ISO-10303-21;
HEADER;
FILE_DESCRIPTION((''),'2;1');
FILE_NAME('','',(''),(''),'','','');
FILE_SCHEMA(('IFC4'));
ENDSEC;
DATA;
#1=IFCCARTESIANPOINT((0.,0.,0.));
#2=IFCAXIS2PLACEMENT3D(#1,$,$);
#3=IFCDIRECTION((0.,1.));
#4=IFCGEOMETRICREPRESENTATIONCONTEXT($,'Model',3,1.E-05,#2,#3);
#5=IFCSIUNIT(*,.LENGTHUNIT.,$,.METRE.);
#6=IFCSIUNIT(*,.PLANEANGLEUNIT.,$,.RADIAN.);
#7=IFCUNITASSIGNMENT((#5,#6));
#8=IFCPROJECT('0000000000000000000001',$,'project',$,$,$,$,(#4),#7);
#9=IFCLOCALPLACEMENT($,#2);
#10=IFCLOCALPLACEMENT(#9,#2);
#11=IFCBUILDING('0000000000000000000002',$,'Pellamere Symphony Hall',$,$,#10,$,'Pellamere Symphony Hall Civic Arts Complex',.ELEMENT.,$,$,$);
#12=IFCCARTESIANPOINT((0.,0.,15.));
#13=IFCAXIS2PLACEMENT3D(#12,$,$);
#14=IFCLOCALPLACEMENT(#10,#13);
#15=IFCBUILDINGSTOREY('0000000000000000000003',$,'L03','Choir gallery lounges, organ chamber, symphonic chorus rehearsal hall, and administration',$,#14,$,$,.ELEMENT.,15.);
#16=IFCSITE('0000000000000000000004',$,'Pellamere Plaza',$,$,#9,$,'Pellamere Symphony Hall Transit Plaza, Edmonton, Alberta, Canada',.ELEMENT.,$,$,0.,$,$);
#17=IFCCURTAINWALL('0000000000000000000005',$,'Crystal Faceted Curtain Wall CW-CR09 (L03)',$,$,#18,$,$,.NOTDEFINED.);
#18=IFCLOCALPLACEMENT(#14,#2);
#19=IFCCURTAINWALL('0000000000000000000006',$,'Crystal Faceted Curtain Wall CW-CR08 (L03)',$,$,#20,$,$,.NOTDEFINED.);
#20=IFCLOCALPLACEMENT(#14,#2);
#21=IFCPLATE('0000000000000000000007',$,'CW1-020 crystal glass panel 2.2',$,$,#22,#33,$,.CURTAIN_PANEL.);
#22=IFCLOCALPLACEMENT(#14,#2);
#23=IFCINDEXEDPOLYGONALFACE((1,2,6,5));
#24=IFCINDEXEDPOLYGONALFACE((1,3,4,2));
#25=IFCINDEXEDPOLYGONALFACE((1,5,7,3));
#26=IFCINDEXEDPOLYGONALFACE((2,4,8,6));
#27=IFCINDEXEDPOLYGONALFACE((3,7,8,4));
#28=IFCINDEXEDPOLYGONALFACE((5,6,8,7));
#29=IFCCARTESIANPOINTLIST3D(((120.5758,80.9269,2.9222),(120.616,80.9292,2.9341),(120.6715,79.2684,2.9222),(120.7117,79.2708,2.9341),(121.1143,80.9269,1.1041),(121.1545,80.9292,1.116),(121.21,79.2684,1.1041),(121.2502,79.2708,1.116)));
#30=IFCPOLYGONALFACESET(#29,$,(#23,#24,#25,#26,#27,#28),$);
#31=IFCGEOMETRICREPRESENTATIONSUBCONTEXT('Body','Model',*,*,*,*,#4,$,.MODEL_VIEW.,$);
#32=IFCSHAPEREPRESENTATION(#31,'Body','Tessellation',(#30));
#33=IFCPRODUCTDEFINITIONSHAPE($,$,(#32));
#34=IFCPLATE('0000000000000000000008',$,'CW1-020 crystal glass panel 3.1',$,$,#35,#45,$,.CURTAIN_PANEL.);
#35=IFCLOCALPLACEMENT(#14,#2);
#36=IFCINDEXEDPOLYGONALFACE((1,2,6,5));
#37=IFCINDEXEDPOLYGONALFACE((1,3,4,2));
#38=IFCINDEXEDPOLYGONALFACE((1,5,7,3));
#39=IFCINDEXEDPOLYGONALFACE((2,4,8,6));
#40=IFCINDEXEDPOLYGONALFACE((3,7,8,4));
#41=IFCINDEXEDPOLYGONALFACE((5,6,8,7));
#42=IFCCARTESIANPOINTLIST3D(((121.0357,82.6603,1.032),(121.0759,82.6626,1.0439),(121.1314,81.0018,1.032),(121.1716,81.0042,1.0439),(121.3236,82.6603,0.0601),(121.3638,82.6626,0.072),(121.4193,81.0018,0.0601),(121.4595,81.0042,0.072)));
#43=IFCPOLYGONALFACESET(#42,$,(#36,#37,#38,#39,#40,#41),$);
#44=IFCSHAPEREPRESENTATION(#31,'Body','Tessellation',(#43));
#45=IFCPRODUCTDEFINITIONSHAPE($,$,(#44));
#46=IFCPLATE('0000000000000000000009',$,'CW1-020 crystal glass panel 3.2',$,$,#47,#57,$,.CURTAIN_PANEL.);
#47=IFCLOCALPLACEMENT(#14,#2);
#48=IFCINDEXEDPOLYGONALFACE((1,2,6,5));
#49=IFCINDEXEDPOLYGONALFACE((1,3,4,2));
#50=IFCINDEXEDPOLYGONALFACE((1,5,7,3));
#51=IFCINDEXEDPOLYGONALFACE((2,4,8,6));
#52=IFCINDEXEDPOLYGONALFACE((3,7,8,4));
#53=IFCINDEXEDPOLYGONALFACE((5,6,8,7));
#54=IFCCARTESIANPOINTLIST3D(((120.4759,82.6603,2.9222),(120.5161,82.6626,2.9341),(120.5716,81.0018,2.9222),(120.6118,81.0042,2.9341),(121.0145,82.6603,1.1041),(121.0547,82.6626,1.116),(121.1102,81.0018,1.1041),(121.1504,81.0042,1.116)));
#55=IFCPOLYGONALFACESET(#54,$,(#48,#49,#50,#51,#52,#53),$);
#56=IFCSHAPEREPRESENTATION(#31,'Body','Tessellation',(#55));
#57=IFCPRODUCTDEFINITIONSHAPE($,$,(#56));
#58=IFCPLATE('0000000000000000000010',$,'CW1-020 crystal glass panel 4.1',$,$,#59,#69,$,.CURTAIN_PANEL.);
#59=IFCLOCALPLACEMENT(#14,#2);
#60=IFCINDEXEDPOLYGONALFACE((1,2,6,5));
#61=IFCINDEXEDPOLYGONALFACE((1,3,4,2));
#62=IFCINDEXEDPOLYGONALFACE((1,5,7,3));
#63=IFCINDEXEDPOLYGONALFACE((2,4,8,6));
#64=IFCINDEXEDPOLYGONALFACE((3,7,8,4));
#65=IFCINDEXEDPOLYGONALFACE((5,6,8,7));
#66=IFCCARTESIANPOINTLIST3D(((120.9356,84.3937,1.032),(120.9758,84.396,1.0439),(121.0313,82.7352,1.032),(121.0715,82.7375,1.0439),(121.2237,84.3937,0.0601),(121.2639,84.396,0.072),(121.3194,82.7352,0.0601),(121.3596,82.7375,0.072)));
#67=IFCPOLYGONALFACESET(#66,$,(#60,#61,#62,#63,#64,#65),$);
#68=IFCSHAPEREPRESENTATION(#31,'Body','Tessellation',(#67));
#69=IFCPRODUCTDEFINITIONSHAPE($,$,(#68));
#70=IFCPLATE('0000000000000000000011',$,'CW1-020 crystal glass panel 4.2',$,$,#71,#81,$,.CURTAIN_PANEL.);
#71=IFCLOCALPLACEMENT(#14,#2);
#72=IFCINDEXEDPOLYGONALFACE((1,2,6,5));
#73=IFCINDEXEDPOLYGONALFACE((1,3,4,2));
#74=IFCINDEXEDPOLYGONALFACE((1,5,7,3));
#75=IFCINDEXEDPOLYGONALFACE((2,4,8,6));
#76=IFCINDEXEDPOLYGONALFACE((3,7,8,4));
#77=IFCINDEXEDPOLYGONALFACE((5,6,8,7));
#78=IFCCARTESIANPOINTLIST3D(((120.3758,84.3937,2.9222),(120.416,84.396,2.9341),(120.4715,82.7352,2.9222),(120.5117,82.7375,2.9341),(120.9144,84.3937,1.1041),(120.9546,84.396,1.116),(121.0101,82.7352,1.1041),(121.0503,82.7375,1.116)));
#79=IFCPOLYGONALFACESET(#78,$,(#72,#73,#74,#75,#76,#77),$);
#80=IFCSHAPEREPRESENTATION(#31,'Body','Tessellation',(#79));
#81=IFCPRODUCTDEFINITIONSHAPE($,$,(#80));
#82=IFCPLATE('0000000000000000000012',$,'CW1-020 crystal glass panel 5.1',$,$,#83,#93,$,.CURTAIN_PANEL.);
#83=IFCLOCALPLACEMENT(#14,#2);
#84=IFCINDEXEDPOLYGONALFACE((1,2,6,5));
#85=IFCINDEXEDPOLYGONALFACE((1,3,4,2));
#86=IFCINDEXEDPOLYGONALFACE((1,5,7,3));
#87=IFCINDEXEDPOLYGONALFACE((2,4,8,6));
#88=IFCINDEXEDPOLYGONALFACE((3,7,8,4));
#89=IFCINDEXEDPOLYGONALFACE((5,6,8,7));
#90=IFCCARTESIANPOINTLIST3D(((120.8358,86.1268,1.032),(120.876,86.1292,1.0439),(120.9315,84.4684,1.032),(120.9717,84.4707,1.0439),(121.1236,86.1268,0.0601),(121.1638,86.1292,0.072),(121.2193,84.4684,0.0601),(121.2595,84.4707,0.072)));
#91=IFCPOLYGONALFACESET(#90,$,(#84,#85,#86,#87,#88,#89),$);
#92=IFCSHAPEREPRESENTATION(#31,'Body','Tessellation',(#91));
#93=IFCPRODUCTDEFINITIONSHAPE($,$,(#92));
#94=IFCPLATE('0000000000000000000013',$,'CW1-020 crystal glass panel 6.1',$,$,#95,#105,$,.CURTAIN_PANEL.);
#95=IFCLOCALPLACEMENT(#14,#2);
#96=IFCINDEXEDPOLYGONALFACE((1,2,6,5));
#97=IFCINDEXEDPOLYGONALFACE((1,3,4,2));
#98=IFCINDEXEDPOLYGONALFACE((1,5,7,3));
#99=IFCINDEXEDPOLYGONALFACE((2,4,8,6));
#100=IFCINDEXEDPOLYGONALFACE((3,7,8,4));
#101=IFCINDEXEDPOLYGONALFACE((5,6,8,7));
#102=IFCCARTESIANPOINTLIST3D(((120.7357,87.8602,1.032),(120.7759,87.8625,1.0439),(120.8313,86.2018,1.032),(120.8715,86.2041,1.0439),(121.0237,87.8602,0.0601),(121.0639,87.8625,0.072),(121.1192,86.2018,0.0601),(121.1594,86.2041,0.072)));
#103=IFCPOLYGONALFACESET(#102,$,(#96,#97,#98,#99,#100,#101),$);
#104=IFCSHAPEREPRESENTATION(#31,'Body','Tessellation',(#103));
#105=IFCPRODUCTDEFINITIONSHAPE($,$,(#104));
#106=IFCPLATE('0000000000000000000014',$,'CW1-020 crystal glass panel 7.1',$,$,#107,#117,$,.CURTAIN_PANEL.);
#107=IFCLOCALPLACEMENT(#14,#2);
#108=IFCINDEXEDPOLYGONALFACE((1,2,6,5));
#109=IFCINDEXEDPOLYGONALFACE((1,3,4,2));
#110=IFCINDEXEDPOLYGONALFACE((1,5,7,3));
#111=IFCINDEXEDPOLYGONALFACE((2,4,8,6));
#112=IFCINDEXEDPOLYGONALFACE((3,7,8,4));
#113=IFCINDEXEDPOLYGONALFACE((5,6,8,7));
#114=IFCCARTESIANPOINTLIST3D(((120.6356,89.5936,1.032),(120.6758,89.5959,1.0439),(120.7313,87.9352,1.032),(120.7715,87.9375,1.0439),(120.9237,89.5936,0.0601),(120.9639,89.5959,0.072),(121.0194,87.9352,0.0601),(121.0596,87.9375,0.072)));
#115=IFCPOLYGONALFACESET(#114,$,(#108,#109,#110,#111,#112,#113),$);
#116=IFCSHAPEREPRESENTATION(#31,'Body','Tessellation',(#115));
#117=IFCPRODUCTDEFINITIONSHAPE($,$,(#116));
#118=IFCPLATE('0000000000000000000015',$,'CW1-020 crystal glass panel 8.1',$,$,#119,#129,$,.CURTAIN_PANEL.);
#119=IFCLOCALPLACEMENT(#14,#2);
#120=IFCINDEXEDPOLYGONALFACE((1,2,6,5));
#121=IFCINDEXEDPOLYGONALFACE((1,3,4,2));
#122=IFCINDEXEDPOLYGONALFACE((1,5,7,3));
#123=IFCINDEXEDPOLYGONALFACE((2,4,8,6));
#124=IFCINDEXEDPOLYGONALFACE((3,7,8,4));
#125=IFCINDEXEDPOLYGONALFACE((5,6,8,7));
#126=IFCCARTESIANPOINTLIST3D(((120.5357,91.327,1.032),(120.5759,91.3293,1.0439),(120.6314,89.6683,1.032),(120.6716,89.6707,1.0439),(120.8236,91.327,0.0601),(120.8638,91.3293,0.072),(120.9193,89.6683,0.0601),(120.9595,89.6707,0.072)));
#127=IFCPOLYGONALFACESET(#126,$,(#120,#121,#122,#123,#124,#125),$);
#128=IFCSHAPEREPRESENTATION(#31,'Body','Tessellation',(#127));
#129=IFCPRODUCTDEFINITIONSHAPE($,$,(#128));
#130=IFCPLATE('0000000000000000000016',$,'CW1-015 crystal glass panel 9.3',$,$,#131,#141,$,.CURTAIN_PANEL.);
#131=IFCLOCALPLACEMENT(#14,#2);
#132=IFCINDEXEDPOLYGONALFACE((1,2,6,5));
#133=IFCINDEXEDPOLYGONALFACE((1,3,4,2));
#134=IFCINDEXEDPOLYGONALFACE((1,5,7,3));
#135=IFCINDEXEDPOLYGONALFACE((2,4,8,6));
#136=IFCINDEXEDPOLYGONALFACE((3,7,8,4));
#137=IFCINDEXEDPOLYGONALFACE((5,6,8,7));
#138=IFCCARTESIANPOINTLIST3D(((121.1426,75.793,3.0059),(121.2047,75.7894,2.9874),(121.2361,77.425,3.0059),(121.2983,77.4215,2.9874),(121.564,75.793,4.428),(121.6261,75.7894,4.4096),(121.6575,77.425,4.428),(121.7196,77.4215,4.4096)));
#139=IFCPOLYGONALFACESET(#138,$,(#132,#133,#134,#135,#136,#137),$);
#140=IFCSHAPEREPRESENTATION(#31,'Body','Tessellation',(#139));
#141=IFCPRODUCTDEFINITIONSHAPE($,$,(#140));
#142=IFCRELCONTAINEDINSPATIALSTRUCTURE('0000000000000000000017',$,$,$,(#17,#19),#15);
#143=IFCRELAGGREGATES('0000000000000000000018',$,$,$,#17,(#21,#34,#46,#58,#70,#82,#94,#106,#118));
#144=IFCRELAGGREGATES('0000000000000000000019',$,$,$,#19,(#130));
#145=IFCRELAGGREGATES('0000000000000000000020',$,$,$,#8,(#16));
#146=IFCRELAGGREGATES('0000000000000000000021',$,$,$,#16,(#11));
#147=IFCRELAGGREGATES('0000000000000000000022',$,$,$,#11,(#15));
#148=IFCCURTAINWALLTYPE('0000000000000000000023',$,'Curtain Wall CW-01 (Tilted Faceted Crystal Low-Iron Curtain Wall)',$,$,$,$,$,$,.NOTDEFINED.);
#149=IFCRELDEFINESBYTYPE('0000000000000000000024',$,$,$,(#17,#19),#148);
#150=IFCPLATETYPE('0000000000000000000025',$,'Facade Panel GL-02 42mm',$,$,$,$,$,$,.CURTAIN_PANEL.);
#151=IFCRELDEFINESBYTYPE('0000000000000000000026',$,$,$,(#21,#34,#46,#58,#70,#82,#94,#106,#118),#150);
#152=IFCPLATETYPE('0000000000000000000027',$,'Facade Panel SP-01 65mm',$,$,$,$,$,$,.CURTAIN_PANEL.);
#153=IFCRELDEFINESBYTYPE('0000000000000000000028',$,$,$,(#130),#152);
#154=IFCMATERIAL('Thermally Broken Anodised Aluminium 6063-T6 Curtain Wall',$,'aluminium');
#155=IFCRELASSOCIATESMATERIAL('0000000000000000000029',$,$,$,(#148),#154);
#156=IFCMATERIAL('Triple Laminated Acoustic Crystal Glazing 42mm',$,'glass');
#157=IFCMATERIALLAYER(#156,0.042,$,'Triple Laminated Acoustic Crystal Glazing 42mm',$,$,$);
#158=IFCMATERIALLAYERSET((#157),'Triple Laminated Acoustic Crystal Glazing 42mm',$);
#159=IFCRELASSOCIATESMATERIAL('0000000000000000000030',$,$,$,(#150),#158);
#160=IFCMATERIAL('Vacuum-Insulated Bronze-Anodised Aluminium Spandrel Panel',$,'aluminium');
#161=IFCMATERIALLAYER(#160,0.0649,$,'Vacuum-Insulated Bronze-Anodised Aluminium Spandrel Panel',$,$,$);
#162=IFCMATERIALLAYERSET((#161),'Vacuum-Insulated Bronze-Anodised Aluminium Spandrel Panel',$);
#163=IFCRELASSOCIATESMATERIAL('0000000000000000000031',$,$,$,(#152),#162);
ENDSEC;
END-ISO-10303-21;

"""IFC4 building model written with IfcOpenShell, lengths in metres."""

from ifc_helpers import new_model, si_unit, direction, frame, origin, place, context, subcontext, project, spatial, polyline, outline, extrude, material, layer, layer_set, type_object, element, aggregate, save


model = new_model("IFC4")

# Units and contexts
model_context = context("Model", 3, precision=1e-05, world=origin(), true_north=direction((0.0, 1.0)))
body_context = subcontext(model_context, "Body", "Model", "MODEL_VIEW")
ifc_project = project(units=[si_unit("LENGTHUNIT", "METRE"), si_unit("PLANEANGLEUNIT", "RADIAN")], contexts=[model_context])

# Site, building, storey
site_placement = place(None, origin())
site = spatial("IfcSite", under=ifc_project, at=site_placement, Name="Pellamere Plaza", LongName="Pellamere Symphony Hall Transit Plaza, Edmonton, Alberta, Canada", CompositionType="ELEMENT", RefElevation=0.0)
building_placement = place(site_placement, origin())
building = spatial("IfcBuilding", under=site, at=building_placement, Name="Pellamere Symphony Hall", LongName="Pellamere Symphony Hall Civic Arts Complex", CompositionType="ELEMENT")
storey_placement = place(building_placement, frame((0.0, 0.0, 15.0)))
storey = spatial("IfcBuildingStorey", under=building, at=storey_placement, Name="L03", Description="Choir gallery lounges, organ chamber, symphonic chorus rehearsal hall, and administration", CompositionType="ELEMENT", Elevation=15.0)

# Curtain walls
ifc_material_1 = material(Name="Thermally Broken Anodised Aluminium 6063-T6 Curtain Wall", Category="aluminium")
curtain_wall_type = type_object("IfcCurtainWallType", Name="Curtain Wall CW-01 (Tilted Faceted Crystal Low-Iron Curtain Wall)", PredefinedType="NOTDEFINED", material=ifc_material_1)
curtain_wall_1_placement = place(storey_placement, origin())
curtain_wall_1 = element("IfcCurtainWall", 1, at=curtain_wall_1_placement, inside=storey, type_object=curtain_wall_type, Name="Crystal Faceted Curtain Wall CW-CR09 (L03)", PredefinedType="NOTDEFINED")
curtain_wall_2_placement = place(storey_placement, origin())
curtain_wall_2 = element("IfcCurtainWall", 2, at=curtain_wall_2_placement, inside=storey, type_object=curtain_wall_type, Name="Crystal Faceted Curtain Wall CW-CR08 (L03)", PredefinedType="NOTDEFINED")

# Plates
ifc_material_2 = material(Name="Triple Laminated Acoustic Crystal Glazing 42mm", Category="glass")
ifc_layer_1 = layer(ifc_material_2, 0.042, Name="Triple Laminated Acoustic Crystal Glazing 42mm")
ifc_layer_set_1 = layer_set([ifc_layer_1], Name="Triple Laminated Acoustic Crystal Glazing 42mm")
plate_type_1 = type_object("IfcPlateType", Name="Facade Panel GL-02 42mm", PredefinedType="CURTAIN_PANEL", material=ifc_layer_set_1)
plate_1_placement = place(storey_placement, frame((121.2502, 79.2708, 1.116), z_axis=(0.957352, 0.055245, 0.283593), x_axis=(-0.057611, 0.998339, 0.0)))
plate_1 = element("IfcPlate", 3, at=plate_1_placement, type_object=plate_type_1, Name="CW1-020 crystal glass panel 2.2", PredefinedType="CURTAIN_PANEL", context=body_context, shape_type="SweptSolid", body=[
    extrude(outline(polyline([(0.0, 0.0), (1.6612, 0.0), (1.6922, 1.896), (0.031, 1.896), (0.0, 0.0)])), origin(), (0.0, 0.0, -1.0), 0.042),
])
plate_2_placement = place(storey_placement, frame((121.4595, 81.0042, 0.072), z_axis=(0.95737, 0.055246, 0.283532), x_axis=(-0.057611, 0.998339, 0.0)))
plate_2 = element("IfcPlate", 4, at=plate_2_placement, type_object=plate_type_1, Name="CW1-020 crystal glass panel 3.1", PredefinedType="CURTAIN_PANEL", context=body_context, shape_type="SweptSolid", body=[
    extrude(outline(polyline([(0.0, 0.0), (1.6612, 0.0), (1.6778, 1.0135), (0.0166, 1.0135), (0.0, 0.0)])), origin(), (0.0, 0.0, -1.0), 0.042),
])
plate_3_placement = place(storey_placement, frame((121.1504, 81.0042, 1.116), z_axis=(0.957352, 0.055245, 0.283593), x_axis=(-0.057611, 0.998339, 0.0)))
plate_3 = element("IfcPlate", 5, at=plate_3_placement, type_object=plate_type_1, Name="CW1-020 crystal glass panel 3.2", PredefinedType="CURTAIN_PANEL", context=body_context, shape_type="SweptSolid", body=[
    extrude(outline(polyline([(0.0, 0.0), (1.6612, 0.0), (1.6922, 1.896), (0.031, 1.896), (0.0, 0.0)])), origin(), (0.0, 0.0, -1.0), 0.042),
])
plate_4_placement = place(storey_placement, frame((121.3596, 82.7375, 0.072), z_axis=(0.957305, 0.055243, 0.283753), x_axis=(-0.057611, 0.998339, 0.0)))
plate_4 = element("IfcPlate", 6, at=plate_4_placement, type_object=plate_type_1, Name="CW1-020 crystal glass panel 4.1", PredefinedType="CURTAIN_PANEL", context=body_context, shape_type="SweptSolid", body=[
    extrude(outline(polyline([(0.0, 0.0), (1.6612, 0.0), (1.6778, 1.0136), (0.0166, 1.0136), (0.0, 0.0)])), origin(), (0.0, 0.0, -1.0), 0.042),
])
plate_5_placement = place(storey_placement, frame((121.0503, 82.7375, 1.116), z_axis=(0.957352, 0.055245, 0.283593), x_axis=(-0.057611, 0.998339, 0.0)))
plate_5 = element("IfcPlate", 7, at=plate_5_placement, type_object=plate_type_1, Name="CW1-020 crystal glass panel 4.2", PredefinedType="CURTAIN_PANEL", context=body_context, shape_type="SweptSolid", body=[
    extrude(outline(polyline([(0.0, 0.0), (1.6612, 0.0), (1.6922, 1.896), (0.031, 1.896), (0.0, 0.0)])), origin(), (0.0, 0.0, -1.0), 0.042),
])
plate_6_placement = place(storey_placement, frame((121.2595, 84.4707, 0.072), z_axis=(0.95737, 0.055246, 0.283532), x_axis=(-0.057611, 0.998339, 0.0)))
plate_6 = element("IfcPlate", 8, at=plate_6_placement, type_object=plate_type_1, Name="CW1-020 crystal glass panel 5.1", PredefinedType="CURTAIN_PANEL", context=body_context, shape_type="SweptSolid", body=[
    extrude(outline(polyline([(0.0, 0.0), (1.6612, 0.0), (1.6778, 1.0135), (0.0166, 1.0135), (0.0, 0.0)])), origin(), (0.0, 0.0, -1.0), 0.042),
])
plate_7_placement = place(storey_placement, frame((121.1594, 86.2041, 0.072), z_axis=(0.957341, 0.055174, 0.283643), x_axis=(-0.057531, 0.998344, -0.00002)))
plate_7 = element("IfcPlate", 9, at=plate_7_placement, type_object=plate_type_1, Name="CW1-020 crystal glass panel 6.1", PredefinedType="CURTAIN_PANEL", context=body_context, shape_type="SweptSolid", body=[
    extrude(outline(polyline([(0.0, 0.0), (1.6612, 0.0), (1.6777, 1.0136), (0.0165, 1.0135), (0.0, 0.0)])), origin(), (0.0, 0.0, -1.0), 0.042),
])
plate_8_placement = place(storey_placement, frame((121.0596, 87.9375, 0.072), z_axis=(0.957305, 0.055243, 0.283753), x_axis=(-0.057611, 0.998339, 0.0)))
plate_8 = element("IfcPlate", 10, at=plate_8_placement, type_object=plate_type_1, Name="CW1-020 crystal glass panel 7.1", PredefinedType="CURTAIN_PANEL", context=body_context, shape_type="SweptSolid", body=[
    extrude(outline(polyline([(0.0, 0.0), (1.6612, 0.0), (1.6778, 1.0136), (0.0166, 1.0136), (0.0, 0.0)])), origin(), (0.0, 0.0, -1.0), 0.042),
])
plate_9_placement = place(storey_placement, frame((120.9595, 89.6707, 0.072), z_axis=(0.957371, 0.055238, 0.283532), x_axis=(-0.057602, 0.99834, 0.0)))
plate_9 = element("IfcPlate", 11, at=plate_9_placement, type_object=plate_type_1, Name="CW1-020 crystal glass panel 8.1", PredefinedType="CURTAIN_PANEL", context=body_context, shape_type="SweptSolid", body=[
    extrude(outline(polyline([(0.0, 0.0), (1.6615, 0.0), (1.678, 1.0135), (0.0166, 1.0135), (0.0, 0.0)])), origin(), (0.0, 0.0, -1.0), 0.042),
])
aggregate(curtain_wall_1, [plate_1, plate_2, plate_3, plate_4, plate_5, plate_6, plate_7, plate_8, plate_9])
ifc_material_3 = material(Name="Vacuum-Insulated Bronze-Anodised Aluminium Spandrel Panel", Category="aluminium")
ifc_layer_2 = layer(ifc_material_3, 0.0649, Name="Vacuum-Insulated Bronze-Anodised Aluminium Spandrel Panel")
ifc_layer_set_2 = layer_set([ifc_layer_2], Name="Vacuum-Insulated Bronze-Anodised Aluminium Spandrel Panel")
plate_type_2 = type_object("IfcPlateType", Name="Facade Panel SP-01 65mm", PredefinedType="CURTAIN_PANEL", material=ifc_layer_set_2)
plate_10_placement = place(storey_placement, frame((121.1426, 75.793, 3.0059), z_axis=(-0.957351, 0.054849, 0.283672), x_axis=(0.057199, 0.998363, 0.0)))
plate_10 = element("IfcPlate", 12, at=plate_10_placement, type_object=plate_type_2, Name="CW1-015 crystal glass panel 9.3", PredefinedType="CURTAIN_PANEL", context=body_context, shape_type="SweptSolid", body=[
    extrude(outline(polyline([(0.0, 0.0), (1.6348, 0.0), (1.6589, -1.483), (0.0241, -1.483), (0.0, 0.0)])), origin(), (0.0, 0.0, -1.0), 0.0649),
])
aggregate(curtain_wall_2, [plate_10])

save(model, "model.ifc")
